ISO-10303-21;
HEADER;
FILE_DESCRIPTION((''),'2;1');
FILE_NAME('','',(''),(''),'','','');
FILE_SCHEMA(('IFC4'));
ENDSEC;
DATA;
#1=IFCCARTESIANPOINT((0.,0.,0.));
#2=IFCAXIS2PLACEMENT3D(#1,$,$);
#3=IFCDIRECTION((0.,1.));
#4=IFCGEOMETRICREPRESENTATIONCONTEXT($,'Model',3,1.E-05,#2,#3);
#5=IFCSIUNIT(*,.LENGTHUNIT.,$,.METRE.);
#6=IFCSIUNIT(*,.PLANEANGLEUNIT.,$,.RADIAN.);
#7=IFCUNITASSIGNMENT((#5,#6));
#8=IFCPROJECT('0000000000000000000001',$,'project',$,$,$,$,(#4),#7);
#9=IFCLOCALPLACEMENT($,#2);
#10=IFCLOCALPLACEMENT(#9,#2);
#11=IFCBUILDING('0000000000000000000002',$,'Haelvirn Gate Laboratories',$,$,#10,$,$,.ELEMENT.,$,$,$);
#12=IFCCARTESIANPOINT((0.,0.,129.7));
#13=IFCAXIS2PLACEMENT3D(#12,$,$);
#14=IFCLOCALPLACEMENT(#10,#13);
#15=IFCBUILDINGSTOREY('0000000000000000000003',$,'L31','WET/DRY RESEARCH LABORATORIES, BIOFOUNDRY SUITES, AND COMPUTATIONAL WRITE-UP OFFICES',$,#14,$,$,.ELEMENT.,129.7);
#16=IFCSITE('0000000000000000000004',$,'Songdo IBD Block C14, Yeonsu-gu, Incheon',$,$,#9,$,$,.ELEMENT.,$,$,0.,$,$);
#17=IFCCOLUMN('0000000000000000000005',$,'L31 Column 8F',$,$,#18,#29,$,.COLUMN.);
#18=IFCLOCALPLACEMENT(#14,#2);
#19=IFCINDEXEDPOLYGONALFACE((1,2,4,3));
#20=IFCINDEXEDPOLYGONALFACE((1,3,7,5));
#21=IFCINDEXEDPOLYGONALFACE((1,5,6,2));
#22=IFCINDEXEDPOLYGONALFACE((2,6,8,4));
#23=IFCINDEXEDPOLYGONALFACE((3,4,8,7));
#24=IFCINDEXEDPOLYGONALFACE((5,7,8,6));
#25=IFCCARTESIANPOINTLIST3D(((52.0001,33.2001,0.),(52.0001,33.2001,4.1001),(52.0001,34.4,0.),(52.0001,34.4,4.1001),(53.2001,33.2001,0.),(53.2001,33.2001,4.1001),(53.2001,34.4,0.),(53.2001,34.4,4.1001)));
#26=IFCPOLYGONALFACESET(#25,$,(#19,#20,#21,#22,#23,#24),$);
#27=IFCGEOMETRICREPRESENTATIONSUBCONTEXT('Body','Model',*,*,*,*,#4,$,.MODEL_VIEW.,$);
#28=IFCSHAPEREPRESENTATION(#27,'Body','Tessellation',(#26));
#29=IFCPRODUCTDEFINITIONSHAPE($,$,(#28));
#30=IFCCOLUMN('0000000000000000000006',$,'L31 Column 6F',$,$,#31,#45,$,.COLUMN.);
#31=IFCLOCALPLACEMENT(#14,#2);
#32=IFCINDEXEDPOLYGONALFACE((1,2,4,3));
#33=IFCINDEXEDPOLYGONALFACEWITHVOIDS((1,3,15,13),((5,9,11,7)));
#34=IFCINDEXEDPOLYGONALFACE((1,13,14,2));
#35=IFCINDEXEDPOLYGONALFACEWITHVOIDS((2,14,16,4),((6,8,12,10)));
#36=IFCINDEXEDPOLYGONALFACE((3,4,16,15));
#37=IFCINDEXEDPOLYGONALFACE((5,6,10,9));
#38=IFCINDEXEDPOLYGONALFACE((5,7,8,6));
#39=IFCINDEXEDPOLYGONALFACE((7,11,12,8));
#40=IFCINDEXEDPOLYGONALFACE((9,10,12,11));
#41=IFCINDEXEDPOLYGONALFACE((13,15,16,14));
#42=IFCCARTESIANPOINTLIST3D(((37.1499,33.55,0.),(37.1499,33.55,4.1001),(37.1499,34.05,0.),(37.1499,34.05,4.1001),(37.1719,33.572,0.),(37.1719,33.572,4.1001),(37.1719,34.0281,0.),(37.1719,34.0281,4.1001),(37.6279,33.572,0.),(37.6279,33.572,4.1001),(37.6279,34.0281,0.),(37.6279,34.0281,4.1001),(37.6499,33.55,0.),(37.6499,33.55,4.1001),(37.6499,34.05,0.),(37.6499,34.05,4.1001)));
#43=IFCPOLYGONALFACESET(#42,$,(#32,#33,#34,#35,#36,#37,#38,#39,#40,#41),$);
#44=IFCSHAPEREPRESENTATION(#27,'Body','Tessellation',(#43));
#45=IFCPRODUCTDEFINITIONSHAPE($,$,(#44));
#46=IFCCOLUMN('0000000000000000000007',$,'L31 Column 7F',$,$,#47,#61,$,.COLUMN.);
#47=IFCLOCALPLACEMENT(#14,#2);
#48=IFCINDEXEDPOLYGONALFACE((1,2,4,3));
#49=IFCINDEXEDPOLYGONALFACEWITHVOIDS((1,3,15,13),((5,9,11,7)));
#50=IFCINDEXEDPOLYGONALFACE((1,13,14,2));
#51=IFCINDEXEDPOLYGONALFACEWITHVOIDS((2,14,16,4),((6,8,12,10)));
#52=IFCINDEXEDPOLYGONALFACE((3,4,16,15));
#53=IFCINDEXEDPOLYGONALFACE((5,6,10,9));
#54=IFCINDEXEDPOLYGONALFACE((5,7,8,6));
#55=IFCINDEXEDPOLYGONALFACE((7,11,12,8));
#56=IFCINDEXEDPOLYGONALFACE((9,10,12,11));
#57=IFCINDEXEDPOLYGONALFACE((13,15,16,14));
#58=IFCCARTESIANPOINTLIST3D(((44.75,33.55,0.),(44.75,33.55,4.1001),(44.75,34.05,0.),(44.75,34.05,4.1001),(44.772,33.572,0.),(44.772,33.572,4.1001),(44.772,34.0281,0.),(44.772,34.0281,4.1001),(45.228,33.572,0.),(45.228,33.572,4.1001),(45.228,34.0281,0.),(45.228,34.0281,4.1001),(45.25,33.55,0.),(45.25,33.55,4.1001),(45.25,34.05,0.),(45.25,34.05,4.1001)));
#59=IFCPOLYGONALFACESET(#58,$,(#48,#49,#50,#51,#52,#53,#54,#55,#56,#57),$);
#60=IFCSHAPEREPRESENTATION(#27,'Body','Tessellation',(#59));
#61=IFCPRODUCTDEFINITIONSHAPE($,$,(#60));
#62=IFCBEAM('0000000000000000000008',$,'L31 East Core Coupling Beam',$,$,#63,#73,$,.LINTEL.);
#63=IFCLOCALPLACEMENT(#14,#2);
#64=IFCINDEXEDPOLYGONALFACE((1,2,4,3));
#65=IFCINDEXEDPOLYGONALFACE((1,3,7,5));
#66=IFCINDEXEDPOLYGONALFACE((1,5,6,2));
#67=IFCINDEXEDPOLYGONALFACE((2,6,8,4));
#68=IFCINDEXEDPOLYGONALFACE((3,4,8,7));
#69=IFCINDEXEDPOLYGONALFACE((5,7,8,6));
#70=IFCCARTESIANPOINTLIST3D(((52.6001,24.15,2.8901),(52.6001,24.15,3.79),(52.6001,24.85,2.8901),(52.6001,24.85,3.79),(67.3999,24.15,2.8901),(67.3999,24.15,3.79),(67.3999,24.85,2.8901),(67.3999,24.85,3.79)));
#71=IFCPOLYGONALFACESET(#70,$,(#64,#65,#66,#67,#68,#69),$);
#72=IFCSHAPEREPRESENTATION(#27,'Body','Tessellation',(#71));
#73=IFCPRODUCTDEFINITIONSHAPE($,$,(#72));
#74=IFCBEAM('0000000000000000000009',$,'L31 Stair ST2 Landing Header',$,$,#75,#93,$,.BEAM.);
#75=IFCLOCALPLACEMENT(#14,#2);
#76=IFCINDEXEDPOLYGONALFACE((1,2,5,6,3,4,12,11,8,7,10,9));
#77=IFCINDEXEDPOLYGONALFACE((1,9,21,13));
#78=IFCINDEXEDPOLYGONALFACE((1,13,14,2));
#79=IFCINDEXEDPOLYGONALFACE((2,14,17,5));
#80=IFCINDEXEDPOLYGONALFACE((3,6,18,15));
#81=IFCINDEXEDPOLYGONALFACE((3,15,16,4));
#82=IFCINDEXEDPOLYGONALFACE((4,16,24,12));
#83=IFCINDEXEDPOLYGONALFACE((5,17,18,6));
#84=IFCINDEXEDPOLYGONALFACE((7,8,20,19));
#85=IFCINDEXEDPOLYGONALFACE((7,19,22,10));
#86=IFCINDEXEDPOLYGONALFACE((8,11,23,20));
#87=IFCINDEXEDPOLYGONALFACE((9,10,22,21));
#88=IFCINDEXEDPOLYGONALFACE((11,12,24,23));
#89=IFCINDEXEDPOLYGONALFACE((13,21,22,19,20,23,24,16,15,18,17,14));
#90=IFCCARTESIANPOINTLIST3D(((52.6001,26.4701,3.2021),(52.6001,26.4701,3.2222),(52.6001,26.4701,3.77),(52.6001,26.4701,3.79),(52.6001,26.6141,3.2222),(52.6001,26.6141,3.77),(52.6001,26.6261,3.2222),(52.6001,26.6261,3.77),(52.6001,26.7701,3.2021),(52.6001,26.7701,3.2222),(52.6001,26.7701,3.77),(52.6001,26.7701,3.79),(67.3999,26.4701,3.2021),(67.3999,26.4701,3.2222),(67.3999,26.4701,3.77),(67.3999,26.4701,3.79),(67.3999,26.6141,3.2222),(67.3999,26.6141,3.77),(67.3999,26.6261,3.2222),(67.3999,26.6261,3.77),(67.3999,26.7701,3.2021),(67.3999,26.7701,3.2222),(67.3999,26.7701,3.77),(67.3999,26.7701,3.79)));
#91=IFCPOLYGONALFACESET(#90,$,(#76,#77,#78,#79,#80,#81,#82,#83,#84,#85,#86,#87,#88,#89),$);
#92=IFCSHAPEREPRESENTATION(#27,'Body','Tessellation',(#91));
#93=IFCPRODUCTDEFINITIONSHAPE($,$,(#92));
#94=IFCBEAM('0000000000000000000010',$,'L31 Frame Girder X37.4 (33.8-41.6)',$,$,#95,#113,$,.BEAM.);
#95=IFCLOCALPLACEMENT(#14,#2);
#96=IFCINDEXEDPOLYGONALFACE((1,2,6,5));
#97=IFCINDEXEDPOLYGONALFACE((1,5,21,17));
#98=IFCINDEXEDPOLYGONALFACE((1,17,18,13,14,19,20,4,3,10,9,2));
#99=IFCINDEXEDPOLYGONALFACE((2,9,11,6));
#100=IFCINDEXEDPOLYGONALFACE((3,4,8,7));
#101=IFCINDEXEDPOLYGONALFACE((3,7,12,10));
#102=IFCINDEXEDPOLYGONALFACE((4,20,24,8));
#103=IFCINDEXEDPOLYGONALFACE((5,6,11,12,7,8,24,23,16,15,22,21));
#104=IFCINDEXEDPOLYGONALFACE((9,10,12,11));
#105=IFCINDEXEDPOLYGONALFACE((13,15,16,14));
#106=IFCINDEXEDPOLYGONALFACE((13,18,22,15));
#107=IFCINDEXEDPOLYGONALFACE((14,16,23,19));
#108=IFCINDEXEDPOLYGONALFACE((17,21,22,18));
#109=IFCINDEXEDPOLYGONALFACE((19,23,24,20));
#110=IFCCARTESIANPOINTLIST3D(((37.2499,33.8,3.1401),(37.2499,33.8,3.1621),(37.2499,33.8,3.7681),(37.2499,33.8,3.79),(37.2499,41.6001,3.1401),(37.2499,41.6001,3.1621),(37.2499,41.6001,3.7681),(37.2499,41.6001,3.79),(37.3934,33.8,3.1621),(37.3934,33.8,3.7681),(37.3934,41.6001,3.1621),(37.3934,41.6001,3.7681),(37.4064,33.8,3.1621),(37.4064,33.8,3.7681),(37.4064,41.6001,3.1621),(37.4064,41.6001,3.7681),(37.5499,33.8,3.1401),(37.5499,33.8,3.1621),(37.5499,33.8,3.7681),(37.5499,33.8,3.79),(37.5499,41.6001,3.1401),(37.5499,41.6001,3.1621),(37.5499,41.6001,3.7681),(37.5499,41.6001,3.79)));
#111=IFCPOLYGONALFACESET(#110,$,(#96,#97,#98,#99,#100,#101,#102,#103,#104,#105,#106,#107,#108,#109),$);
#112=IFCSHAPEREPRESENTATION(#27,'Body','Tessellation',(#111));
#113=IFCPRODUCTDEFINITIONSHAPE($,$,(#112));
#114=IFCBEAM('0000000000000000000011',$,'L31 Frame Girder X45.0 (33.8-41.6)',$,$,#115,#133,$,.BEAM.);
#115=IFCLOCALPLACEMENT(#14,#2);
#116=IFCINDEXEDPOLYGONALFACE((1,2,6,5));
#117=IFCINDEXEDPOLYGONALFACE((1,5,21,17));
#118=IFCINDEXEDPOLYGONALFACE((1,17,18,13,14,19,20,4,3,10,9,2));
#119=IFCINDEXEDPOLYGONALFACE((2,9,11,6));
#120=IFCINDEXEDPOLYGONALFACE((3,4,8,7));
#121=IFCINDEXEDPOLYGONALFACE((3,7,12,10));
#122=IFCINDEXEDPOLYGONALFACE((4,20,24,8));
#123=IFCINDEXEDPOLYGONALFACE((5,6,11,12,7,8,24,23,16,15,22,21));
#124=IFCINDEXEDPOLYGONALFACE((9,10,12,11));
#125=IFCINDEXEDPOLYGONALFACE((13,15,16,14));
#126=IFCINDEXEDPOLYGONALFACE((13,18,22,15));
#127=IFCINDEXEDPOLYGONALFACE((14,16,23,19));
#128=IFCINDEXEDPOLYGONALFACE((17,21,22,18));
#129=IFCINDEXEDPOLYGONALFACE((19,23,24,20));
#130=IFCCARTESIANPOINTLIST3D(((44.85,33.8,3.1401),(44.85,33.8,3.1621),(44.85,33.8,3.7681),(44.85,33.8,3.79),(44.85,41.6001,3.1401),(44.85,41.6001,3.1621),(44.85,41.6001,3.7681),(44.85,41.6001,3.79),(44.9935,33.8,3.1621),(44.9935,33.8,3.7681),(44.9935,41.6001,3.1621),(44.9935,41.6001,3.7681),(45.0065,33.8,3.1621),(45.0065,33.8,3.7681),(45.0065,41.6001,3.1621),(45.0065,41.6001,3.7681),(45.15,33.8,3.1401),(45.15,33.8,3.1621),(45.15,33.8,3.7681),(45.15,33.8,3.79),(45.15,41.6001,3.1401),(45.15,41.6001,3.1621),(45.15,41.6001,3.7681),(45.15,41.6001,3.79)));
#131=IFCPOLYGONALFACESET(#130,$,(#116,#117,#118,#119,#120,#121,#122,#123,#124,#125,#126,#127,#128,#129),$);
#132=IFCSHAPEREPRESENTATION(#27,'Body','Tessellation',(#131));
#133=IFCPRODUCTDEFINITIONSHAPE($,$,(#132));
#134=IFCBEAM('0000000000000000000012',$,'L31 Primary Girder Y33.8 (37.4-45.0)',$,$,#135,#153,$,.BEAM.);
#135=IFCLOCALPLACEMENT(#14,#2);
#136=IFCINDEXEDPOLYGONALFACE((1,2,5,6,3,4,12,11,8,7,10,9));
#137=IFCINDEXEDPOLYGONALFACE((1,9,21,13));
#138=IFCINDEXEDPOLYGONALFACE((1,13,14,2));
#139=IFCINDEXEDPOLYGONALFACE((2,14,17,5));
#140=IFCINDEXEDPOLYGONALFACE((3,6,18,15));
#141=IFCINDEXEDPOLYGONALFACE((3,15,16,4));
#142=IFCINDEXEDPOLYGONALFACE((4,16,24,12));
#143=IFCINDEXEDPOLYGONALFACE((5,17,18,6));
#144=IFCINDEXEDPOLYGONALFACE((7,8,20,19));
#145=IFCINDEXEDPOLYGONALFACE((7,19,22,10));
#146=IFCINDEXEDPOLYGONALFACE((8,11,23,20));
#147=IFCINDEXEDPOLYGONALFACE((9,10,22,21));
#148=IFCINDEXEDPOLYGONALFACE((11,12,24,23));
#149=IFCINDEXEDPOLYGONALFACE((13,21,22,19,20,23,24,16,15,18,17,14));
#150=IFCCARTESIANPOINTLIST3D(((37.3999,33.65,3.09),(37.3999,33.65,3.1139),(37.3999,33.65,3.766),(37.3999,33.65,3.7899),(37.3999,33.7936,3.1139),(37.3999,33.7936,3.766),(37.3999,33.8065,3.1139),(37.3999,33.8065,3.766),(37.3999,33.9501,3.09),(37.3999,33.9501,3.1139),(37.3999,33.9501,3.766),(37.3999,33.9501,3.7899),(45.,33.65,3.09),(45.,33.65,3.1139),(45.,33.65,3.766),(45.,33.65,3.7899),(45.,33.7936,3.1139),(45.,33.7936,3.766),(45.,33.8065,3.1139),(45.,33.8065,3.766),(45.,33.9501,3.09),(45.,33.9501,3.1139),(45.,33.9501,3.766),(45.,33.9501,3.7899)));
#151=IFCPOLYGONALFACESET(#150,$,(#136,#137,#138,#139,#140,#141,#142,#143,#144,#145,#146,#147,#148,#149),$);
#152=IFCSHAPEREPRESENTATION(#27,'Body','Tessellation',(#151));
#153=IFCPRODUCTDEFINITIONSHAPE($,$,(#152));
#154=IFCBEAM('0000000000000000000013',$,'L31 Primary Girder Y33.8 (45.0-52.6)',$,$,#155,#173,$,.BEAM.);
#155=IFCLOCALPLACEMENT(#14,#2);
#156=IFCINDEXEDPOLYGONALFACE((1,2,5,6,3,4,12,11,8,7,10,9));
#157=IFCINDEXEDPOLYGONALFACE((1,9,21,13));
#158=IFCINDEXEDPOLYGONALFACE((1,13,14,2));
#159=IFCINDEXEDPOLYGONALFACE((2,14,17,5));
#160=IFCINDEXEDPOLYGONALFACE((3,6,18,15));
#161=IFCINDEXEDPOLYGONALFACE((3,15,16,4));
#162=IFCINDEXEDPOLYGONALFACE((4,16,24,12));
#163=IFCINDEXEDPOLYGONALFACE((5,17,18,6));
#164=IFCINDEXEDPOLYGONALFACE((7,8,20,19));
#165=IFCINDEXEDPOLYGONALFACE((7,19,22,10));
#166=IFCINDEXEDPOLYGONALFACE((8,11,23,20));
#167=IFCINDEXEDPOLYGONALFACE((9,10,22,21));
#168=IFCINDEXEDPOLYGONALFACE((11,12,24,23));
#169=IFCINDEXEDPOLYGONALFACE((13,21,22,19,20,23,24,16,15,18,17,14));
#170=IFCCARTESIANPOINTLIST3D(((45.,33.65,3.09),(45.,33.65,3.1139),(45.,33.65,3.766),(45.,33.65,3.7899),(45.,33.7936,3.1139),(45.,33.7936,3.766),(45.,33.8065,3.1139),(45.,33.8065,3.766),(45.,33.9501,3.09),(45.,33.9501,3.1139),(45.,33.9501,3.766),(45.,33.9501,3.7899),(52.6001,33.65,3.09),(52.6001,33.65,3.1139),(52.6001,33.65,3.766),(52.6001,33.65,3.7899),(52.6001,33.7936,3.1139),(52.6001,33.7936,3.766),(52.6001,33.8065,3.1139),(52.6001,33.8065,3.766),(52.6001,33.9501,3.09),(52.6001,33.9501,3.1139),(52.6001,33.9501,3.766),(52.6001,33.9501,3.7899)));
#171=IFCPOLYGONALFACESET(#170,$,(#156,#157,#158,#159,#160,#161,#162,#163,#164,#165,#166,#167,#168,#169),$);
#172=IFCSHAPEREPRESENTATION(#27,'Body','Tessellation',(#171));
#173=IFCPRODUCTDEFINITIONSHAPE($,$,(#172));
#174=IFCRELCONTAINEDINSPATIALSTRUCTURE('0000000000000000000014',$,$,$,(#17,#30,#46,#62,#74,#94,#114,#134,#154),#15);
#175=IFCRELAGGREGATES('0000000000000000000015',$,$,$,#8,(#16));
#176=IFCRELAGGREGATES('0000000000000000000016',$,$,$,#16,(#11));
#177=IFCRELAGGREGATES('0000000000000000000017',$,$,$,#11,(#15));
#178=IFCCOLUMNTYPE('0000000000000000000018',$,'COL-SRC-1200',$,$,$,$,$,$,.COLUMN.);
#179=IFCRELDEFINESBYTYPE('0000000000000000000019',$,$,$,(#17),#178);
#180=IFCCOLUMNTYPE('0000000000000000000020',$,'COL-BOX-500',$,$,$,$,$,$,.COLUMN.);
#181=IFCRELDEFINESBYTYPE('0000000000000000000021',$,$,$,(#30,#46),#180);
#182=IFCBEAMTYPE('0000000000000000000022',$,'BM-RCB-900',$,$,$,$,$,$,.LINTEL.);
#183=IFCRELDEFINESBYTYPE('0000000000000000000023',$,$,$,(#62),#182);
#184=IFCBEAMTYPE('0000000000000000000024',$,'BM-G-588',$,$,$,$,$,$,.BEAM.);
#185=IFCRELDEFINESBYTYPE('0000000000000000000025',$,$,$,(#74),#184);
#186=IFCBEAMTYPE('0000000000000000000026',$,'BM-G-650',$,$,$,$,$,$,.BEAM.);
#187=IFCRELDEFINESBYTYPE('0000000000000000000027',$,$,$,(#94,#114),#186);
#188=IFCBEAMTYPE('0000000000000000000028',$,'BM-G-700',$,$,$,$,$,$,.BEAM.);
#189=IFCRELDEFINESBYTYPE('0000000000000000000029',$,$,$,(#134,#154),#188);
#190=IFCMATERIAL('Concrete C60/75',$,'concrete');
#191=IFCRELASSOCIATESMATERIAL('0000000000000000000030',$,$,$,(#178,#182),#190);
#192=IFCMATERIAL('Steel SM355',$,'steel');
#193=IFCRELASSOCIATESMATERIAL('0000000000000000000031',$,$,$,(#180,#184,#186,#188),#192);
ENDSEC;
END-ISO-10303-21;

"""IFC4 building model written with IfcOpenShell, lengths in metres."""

from ifc_helpers import new_model, si_unit, direction, frame, origin, origin_2d, place, context, subcontext, project, spatial, rectangle, hollow_rectangle, i_section, extrude, source, transform, mapped, material, material_profile, profile_set, type_object, type_shapes, element, save


model = new_model("IFC4")

# Units and contexts
model_context = context("Model", 3, precision=1e-05, world=origin(), true_north=direction((0.0, 1.0)))
body_context = subcontext(model_context, "Body", "Model", "MODEL_VIEW")
ifc_project = project(units=[si_unit("LENGTHUNIT", "METRE"), si_unit("PLANEANGLEUNIT", "RADIAN")], contexts=[model_context])

# Site, building, storey
site_placement = place(None, origin())
site = spatial("IfcSite", under=ifc_project, at=site_placement, Name="Songdo IBD Block C14, Yeonsu-gu, Incheon", CompositionType="ELEMENT", RefElevation=0.0)
building_placement = place(site_placement, origin())
building = spatial("IfcBuilding", under=site, at=building_placement, Name="Haelvirn Gate Laboratories", CompositionType="ELEMENT")
storey_placement = place(building_placement, frame((0.0, 0.0, 129.7)))
storey = spatial("IfcBuildingStorey", under=building, at=storey_placement, Name="L31", Description="WET/DRY RESEARCH LABORATORIES, BIOFOUNDRY SUITES, AND COMPUTATIONAL WRITE-UP OFFICES", CompositionType="ELEMENT", Elevation=129.7)

# Columns
ifc_material_1 = material(Name="Concrete C60/75", Category="concrete")
ifc_material_profile_1 = material_profile(ifc_material_1, rectangle(XDim=1.2, YDim=1.2, at=origin_2d()), Name="SRC-1200x1200")
ifc_profile_set_1 = profile_set([ifc_material_profile_1], Name="Concrete C60/75")
column_type_1 = type_object("IfcColumnType", Name="COL-SRC-1200", PredefinedType="COLUMN", material=ifc_profile_set_1)
shared_shape_1 = source(origin(), body_context, "Body", "SweptSolid", [
    extrude(rectangle(XDim=1.2, YDim=1.2, at=origin_2d()), origin(), (0.0, 0.0, 1.0), 4.1001),
])
type_shapes(column_type_1, [shared_shape_1])
column_placement = place(storey_placement, frame((52.6001, 33.8, 0.0), z_axis=(0.0, 0.0, 1.0), x_axis=(1.0, 0.0, 0.0)))
element("IfcColumn", 1, at=column_placement, inside=storey, type_object=column_type_1, Name="L31 Column 8F", PredefinedType="COLUMN", context=body_context, shape_type="MappedRepresentation", body=[
    mapped(shared_shape_1, transform((0.0, 0.0, 0.0), scale=1.0)),
])
ifc_material_2 = material(Name="Steel SM355", Category="steel")
ifc_material_profile_2 = material_profile(ifc_material_2, hollow_rectangle(XDim=0.5, YDim=0.5, WallThickness=0.022, at=origin_2d()), Name="BOX-500x500x22")
ifc_profile_set_2 = profile_set([ifc_material_profile_2], Name="Steel SM355")
column_type_2 = type_object("IfcColumnType", Name="COL-BOX-500", PredefinedType="COLUMN", material=ifc_profile_set_2)
shared_shape_2 = source(origin(), body_context, "Body", "SweptSolid", [
    extrude(hollow_rectangle(XDim=0.5, YDim=0.5, WallThickness=0.022, at=origin_2d()), origin(), (0.0, 0.0, 1.0), 4.1001),
])
type_shapes(column_type_2, [shared_shape_2])
for number, where, z_axis, x_axis, name in (
    (2, (37.3999, 33.8, 0.0), (0.0, 0.0, 1.0), (1.0, 0.0, 0.0), "L31 Column 6F"),
    (3, (45.0, 33.8, 0.0), (0.0, 0.0, 1.0), (1.0, 0.0, 0.0), "L31 Column 7F"),
):
    element("IfcColumn", number, at=place(storey_placement, frame(where, z_axis=z_axis, x_axis=x_axis)), inside=storey, type_object=column_type_2, Name=name, PredefinedType="COLUMN", context=body_context, shape_type="MappedRepresentation", body=[
        mapped(shared_shape_2, transform((0.0, 0.0, 0.0), scale=1.0)),
    ])

# Beams
ifc_material_profile_3 = material_profile(ifc_material_1, rectangle(XDim=0.7, YDim=0.8999, at=origin_2d()), Name="RCB-700x900")
ifc_profile_set_3 = profile_set([ifc_material_profile_3], Name="Concrete C60/75")
beam_type_1 = type_object("IfcBeamType", Name="BM-RCB-900", PredefinedType="LINTEL", material=ifc_profile_set_3)
shared_shape_3 = source(origin(), body_context, "Body", "SweptSolid", [
    extrude(rectangle(XDim=0.7, YDim=0.8999, at=origin_2d()), origin(), (0.0, 0.0, 1.0), 14.7998),
])
type_shapes(beam_type_1, [shared_shape_3])
beam_1_placement = place(storey_placement, frame((52.6001, 24.5, 3.3401), z_axis=(1.0, 0.0, 0.0), x_axis=(0.0, 1.0, 0.0)))
element("IfcBeam", 4, at=beam_1_placement, inside=storey, type_object=beam_type_1, Name="L31 East Core Coupling Beam", PredefinedType="LINTEL", context=body_context, shape_type="MappedRepresentation", body=[
    mapped(shared_shape_3, transform((0.0, 0.0, 0.0), scale=1.0)),
])
ifc_material_profile_4 = material_profile(ifc_material_2, i_section(OverallWidth=0.3, OverallDepth=0.5879, WebThickness=0.012, FlangeThickness=0.02, at=origin_2d()), Name="H-588x300x12x20")
ifc_profile_set_4 = profile_set([ifc_material_profile_4], Name="Steel SM355")
beam_type_2 = type_object("IfcBeamType", Name="BM-G-588", PredefinedType="BEAM", material=ifc_profile_set_4)
shared_shape_4 = source(origin(), body_context, "Body", "SweptSolid", [
    extrude(i_section(OverallWidth=0.3, OverallDepth=0.5879, WebThickness=0.012, FlangeThickness=0.02, at=origin_2d()), origin(), (0.0, 0.0, 1.0), 14.7998),
])
type_shapes(beam_type_2, [shared_shape_4])
beam_2_placement = place(storey_placement, frame((52.6001, 26.6201, 3.4961), z_axis=(1.0, 0.0, 0.0), x_axis=(0.0, 1.0, 0.0)))
element("IfcBeam", 5, at=beam_2_placement, inside=storey, type_object=beam_type_2, Name="L31 Stair ST2 Landing Header", PredefinedType="BEAM", context=body_context, shape_type="MappedRepresentation", body=[
    mapped(shared_shape_4, transform((0.0, 0.0, 0.0), scale=1.0)),
])
ifc_material_profile_5 = material_profile(ifc_material_2, i_section(OverallWidth=0.3, OverallDepth=0.6499, WebThickness=0.0129, FlangeThickness=0.022, at=origin_2d()), Name="H-650x300x13x22")
ifc_profile_set_5 = profile_set([ifc_material_profile_5], Name="Steel SM355")
beam_type_3 = type_object("IfcBeamType", Name="BM-G-650", PredefinedType="BEAM", material=ifc_profile_set_5)
shared_shape_5 = source(origin(), body_context, "Body", "SweptSolid", [
    extrude(i_section(OverallWidth=0.3, OverallDepth=0.6499, WebThickness=0.0129, FlangeThickness=0.022, at=origin_2d()), origin(), (0.0, 0.0, 1.0), 7.8),
])
type_shapes(beam_type_3, [shared_shape_5])
for number, where, z_axis, x_axis, name in (
    (6, (37.3999, 33.8, 3.4651), (0.0, 1.0, 0.0), (-1.0, 0.0, 0.0), "L31 Frame Girder X37.4 (33.8-41.6)"),
    (7, (45.0, 33.8, 3.4651), (0.0, 1.0, 0.0), (-1.0, 0.0, 0.0), "L31 Frame Girder X45.0 (33.8-41.6)"),
):
    element("IfcBeam", number, at=place(storey_placement, frame(where, z_axis=z_axis, x_axis=x_axis)), inside=storey, type_object=beam_type_3, Name=name, PredefinedType="BEAM", context=body_context, shape_type="MappedRepresentation", body=[
        mapped(shared_shape_5, transform((0.0, 0.0, 0.0), scale=1.0)),
    ])
ifc_material_profile_6 = material_profile(ifc_material_2, i_section(OverallWidth=0.3, OverallDepth=0.7, WebThickness=0.0129, FlangeThickness=0.0239, at=origin_2d()), Name="H-700x300x13x24")
ifc_profile_set_6 = profile_set([ifc_material_profile_6], Name="Steel SM355")
beam_type_4 = type_object("IfcBeamType", Name="BM-G-700", PredefinedType="BEAM", material=ifc_profile_set_6)
shared_shape_6 = source(origin(), body_context, "Body", "SweptSolid", [
    extrude(i_section(OverallWidth=0.3, OverallDepth=0.7, WebThickness=0.0129, FlangeThickness=0.0239, at=origin_2d()), origin(), (0.0, 0.0, 1.0), 7.6001),
])
type_shapes(beam_type_4, [shared_shape_6])
for number, where, z_axis, x_axis, name in (
    (8, (37.3999, 33.8, 3.4399), (1.0, 0.0, 0.0), (0.0, 1.0, 0.0), "L31 Primary Girder Y33.8 (37.4-45.0)"),
    (9, (45.0, 33.8, 3.4399), (1.0, 0.0, 0.0), (0.0, 1.0, 0.0), "L31 Primary Girder Y33.8 (45.0-52.6)"),
):
    element("IfcBeam", number, at=place(storey_placement, frame(where, z_axis=z_axis, x_axis=x_axis)), inside=storey, type_object=beam_type_4, Name=name, PredefinedType="BEAM", context=body_context, shape_type="MappedRepresentation", body=[
        mapped(shared_shape_6, transform((0.0, 0.0, 0.0), scale=1.0)),
    ])

save(model, "model.ifc")
